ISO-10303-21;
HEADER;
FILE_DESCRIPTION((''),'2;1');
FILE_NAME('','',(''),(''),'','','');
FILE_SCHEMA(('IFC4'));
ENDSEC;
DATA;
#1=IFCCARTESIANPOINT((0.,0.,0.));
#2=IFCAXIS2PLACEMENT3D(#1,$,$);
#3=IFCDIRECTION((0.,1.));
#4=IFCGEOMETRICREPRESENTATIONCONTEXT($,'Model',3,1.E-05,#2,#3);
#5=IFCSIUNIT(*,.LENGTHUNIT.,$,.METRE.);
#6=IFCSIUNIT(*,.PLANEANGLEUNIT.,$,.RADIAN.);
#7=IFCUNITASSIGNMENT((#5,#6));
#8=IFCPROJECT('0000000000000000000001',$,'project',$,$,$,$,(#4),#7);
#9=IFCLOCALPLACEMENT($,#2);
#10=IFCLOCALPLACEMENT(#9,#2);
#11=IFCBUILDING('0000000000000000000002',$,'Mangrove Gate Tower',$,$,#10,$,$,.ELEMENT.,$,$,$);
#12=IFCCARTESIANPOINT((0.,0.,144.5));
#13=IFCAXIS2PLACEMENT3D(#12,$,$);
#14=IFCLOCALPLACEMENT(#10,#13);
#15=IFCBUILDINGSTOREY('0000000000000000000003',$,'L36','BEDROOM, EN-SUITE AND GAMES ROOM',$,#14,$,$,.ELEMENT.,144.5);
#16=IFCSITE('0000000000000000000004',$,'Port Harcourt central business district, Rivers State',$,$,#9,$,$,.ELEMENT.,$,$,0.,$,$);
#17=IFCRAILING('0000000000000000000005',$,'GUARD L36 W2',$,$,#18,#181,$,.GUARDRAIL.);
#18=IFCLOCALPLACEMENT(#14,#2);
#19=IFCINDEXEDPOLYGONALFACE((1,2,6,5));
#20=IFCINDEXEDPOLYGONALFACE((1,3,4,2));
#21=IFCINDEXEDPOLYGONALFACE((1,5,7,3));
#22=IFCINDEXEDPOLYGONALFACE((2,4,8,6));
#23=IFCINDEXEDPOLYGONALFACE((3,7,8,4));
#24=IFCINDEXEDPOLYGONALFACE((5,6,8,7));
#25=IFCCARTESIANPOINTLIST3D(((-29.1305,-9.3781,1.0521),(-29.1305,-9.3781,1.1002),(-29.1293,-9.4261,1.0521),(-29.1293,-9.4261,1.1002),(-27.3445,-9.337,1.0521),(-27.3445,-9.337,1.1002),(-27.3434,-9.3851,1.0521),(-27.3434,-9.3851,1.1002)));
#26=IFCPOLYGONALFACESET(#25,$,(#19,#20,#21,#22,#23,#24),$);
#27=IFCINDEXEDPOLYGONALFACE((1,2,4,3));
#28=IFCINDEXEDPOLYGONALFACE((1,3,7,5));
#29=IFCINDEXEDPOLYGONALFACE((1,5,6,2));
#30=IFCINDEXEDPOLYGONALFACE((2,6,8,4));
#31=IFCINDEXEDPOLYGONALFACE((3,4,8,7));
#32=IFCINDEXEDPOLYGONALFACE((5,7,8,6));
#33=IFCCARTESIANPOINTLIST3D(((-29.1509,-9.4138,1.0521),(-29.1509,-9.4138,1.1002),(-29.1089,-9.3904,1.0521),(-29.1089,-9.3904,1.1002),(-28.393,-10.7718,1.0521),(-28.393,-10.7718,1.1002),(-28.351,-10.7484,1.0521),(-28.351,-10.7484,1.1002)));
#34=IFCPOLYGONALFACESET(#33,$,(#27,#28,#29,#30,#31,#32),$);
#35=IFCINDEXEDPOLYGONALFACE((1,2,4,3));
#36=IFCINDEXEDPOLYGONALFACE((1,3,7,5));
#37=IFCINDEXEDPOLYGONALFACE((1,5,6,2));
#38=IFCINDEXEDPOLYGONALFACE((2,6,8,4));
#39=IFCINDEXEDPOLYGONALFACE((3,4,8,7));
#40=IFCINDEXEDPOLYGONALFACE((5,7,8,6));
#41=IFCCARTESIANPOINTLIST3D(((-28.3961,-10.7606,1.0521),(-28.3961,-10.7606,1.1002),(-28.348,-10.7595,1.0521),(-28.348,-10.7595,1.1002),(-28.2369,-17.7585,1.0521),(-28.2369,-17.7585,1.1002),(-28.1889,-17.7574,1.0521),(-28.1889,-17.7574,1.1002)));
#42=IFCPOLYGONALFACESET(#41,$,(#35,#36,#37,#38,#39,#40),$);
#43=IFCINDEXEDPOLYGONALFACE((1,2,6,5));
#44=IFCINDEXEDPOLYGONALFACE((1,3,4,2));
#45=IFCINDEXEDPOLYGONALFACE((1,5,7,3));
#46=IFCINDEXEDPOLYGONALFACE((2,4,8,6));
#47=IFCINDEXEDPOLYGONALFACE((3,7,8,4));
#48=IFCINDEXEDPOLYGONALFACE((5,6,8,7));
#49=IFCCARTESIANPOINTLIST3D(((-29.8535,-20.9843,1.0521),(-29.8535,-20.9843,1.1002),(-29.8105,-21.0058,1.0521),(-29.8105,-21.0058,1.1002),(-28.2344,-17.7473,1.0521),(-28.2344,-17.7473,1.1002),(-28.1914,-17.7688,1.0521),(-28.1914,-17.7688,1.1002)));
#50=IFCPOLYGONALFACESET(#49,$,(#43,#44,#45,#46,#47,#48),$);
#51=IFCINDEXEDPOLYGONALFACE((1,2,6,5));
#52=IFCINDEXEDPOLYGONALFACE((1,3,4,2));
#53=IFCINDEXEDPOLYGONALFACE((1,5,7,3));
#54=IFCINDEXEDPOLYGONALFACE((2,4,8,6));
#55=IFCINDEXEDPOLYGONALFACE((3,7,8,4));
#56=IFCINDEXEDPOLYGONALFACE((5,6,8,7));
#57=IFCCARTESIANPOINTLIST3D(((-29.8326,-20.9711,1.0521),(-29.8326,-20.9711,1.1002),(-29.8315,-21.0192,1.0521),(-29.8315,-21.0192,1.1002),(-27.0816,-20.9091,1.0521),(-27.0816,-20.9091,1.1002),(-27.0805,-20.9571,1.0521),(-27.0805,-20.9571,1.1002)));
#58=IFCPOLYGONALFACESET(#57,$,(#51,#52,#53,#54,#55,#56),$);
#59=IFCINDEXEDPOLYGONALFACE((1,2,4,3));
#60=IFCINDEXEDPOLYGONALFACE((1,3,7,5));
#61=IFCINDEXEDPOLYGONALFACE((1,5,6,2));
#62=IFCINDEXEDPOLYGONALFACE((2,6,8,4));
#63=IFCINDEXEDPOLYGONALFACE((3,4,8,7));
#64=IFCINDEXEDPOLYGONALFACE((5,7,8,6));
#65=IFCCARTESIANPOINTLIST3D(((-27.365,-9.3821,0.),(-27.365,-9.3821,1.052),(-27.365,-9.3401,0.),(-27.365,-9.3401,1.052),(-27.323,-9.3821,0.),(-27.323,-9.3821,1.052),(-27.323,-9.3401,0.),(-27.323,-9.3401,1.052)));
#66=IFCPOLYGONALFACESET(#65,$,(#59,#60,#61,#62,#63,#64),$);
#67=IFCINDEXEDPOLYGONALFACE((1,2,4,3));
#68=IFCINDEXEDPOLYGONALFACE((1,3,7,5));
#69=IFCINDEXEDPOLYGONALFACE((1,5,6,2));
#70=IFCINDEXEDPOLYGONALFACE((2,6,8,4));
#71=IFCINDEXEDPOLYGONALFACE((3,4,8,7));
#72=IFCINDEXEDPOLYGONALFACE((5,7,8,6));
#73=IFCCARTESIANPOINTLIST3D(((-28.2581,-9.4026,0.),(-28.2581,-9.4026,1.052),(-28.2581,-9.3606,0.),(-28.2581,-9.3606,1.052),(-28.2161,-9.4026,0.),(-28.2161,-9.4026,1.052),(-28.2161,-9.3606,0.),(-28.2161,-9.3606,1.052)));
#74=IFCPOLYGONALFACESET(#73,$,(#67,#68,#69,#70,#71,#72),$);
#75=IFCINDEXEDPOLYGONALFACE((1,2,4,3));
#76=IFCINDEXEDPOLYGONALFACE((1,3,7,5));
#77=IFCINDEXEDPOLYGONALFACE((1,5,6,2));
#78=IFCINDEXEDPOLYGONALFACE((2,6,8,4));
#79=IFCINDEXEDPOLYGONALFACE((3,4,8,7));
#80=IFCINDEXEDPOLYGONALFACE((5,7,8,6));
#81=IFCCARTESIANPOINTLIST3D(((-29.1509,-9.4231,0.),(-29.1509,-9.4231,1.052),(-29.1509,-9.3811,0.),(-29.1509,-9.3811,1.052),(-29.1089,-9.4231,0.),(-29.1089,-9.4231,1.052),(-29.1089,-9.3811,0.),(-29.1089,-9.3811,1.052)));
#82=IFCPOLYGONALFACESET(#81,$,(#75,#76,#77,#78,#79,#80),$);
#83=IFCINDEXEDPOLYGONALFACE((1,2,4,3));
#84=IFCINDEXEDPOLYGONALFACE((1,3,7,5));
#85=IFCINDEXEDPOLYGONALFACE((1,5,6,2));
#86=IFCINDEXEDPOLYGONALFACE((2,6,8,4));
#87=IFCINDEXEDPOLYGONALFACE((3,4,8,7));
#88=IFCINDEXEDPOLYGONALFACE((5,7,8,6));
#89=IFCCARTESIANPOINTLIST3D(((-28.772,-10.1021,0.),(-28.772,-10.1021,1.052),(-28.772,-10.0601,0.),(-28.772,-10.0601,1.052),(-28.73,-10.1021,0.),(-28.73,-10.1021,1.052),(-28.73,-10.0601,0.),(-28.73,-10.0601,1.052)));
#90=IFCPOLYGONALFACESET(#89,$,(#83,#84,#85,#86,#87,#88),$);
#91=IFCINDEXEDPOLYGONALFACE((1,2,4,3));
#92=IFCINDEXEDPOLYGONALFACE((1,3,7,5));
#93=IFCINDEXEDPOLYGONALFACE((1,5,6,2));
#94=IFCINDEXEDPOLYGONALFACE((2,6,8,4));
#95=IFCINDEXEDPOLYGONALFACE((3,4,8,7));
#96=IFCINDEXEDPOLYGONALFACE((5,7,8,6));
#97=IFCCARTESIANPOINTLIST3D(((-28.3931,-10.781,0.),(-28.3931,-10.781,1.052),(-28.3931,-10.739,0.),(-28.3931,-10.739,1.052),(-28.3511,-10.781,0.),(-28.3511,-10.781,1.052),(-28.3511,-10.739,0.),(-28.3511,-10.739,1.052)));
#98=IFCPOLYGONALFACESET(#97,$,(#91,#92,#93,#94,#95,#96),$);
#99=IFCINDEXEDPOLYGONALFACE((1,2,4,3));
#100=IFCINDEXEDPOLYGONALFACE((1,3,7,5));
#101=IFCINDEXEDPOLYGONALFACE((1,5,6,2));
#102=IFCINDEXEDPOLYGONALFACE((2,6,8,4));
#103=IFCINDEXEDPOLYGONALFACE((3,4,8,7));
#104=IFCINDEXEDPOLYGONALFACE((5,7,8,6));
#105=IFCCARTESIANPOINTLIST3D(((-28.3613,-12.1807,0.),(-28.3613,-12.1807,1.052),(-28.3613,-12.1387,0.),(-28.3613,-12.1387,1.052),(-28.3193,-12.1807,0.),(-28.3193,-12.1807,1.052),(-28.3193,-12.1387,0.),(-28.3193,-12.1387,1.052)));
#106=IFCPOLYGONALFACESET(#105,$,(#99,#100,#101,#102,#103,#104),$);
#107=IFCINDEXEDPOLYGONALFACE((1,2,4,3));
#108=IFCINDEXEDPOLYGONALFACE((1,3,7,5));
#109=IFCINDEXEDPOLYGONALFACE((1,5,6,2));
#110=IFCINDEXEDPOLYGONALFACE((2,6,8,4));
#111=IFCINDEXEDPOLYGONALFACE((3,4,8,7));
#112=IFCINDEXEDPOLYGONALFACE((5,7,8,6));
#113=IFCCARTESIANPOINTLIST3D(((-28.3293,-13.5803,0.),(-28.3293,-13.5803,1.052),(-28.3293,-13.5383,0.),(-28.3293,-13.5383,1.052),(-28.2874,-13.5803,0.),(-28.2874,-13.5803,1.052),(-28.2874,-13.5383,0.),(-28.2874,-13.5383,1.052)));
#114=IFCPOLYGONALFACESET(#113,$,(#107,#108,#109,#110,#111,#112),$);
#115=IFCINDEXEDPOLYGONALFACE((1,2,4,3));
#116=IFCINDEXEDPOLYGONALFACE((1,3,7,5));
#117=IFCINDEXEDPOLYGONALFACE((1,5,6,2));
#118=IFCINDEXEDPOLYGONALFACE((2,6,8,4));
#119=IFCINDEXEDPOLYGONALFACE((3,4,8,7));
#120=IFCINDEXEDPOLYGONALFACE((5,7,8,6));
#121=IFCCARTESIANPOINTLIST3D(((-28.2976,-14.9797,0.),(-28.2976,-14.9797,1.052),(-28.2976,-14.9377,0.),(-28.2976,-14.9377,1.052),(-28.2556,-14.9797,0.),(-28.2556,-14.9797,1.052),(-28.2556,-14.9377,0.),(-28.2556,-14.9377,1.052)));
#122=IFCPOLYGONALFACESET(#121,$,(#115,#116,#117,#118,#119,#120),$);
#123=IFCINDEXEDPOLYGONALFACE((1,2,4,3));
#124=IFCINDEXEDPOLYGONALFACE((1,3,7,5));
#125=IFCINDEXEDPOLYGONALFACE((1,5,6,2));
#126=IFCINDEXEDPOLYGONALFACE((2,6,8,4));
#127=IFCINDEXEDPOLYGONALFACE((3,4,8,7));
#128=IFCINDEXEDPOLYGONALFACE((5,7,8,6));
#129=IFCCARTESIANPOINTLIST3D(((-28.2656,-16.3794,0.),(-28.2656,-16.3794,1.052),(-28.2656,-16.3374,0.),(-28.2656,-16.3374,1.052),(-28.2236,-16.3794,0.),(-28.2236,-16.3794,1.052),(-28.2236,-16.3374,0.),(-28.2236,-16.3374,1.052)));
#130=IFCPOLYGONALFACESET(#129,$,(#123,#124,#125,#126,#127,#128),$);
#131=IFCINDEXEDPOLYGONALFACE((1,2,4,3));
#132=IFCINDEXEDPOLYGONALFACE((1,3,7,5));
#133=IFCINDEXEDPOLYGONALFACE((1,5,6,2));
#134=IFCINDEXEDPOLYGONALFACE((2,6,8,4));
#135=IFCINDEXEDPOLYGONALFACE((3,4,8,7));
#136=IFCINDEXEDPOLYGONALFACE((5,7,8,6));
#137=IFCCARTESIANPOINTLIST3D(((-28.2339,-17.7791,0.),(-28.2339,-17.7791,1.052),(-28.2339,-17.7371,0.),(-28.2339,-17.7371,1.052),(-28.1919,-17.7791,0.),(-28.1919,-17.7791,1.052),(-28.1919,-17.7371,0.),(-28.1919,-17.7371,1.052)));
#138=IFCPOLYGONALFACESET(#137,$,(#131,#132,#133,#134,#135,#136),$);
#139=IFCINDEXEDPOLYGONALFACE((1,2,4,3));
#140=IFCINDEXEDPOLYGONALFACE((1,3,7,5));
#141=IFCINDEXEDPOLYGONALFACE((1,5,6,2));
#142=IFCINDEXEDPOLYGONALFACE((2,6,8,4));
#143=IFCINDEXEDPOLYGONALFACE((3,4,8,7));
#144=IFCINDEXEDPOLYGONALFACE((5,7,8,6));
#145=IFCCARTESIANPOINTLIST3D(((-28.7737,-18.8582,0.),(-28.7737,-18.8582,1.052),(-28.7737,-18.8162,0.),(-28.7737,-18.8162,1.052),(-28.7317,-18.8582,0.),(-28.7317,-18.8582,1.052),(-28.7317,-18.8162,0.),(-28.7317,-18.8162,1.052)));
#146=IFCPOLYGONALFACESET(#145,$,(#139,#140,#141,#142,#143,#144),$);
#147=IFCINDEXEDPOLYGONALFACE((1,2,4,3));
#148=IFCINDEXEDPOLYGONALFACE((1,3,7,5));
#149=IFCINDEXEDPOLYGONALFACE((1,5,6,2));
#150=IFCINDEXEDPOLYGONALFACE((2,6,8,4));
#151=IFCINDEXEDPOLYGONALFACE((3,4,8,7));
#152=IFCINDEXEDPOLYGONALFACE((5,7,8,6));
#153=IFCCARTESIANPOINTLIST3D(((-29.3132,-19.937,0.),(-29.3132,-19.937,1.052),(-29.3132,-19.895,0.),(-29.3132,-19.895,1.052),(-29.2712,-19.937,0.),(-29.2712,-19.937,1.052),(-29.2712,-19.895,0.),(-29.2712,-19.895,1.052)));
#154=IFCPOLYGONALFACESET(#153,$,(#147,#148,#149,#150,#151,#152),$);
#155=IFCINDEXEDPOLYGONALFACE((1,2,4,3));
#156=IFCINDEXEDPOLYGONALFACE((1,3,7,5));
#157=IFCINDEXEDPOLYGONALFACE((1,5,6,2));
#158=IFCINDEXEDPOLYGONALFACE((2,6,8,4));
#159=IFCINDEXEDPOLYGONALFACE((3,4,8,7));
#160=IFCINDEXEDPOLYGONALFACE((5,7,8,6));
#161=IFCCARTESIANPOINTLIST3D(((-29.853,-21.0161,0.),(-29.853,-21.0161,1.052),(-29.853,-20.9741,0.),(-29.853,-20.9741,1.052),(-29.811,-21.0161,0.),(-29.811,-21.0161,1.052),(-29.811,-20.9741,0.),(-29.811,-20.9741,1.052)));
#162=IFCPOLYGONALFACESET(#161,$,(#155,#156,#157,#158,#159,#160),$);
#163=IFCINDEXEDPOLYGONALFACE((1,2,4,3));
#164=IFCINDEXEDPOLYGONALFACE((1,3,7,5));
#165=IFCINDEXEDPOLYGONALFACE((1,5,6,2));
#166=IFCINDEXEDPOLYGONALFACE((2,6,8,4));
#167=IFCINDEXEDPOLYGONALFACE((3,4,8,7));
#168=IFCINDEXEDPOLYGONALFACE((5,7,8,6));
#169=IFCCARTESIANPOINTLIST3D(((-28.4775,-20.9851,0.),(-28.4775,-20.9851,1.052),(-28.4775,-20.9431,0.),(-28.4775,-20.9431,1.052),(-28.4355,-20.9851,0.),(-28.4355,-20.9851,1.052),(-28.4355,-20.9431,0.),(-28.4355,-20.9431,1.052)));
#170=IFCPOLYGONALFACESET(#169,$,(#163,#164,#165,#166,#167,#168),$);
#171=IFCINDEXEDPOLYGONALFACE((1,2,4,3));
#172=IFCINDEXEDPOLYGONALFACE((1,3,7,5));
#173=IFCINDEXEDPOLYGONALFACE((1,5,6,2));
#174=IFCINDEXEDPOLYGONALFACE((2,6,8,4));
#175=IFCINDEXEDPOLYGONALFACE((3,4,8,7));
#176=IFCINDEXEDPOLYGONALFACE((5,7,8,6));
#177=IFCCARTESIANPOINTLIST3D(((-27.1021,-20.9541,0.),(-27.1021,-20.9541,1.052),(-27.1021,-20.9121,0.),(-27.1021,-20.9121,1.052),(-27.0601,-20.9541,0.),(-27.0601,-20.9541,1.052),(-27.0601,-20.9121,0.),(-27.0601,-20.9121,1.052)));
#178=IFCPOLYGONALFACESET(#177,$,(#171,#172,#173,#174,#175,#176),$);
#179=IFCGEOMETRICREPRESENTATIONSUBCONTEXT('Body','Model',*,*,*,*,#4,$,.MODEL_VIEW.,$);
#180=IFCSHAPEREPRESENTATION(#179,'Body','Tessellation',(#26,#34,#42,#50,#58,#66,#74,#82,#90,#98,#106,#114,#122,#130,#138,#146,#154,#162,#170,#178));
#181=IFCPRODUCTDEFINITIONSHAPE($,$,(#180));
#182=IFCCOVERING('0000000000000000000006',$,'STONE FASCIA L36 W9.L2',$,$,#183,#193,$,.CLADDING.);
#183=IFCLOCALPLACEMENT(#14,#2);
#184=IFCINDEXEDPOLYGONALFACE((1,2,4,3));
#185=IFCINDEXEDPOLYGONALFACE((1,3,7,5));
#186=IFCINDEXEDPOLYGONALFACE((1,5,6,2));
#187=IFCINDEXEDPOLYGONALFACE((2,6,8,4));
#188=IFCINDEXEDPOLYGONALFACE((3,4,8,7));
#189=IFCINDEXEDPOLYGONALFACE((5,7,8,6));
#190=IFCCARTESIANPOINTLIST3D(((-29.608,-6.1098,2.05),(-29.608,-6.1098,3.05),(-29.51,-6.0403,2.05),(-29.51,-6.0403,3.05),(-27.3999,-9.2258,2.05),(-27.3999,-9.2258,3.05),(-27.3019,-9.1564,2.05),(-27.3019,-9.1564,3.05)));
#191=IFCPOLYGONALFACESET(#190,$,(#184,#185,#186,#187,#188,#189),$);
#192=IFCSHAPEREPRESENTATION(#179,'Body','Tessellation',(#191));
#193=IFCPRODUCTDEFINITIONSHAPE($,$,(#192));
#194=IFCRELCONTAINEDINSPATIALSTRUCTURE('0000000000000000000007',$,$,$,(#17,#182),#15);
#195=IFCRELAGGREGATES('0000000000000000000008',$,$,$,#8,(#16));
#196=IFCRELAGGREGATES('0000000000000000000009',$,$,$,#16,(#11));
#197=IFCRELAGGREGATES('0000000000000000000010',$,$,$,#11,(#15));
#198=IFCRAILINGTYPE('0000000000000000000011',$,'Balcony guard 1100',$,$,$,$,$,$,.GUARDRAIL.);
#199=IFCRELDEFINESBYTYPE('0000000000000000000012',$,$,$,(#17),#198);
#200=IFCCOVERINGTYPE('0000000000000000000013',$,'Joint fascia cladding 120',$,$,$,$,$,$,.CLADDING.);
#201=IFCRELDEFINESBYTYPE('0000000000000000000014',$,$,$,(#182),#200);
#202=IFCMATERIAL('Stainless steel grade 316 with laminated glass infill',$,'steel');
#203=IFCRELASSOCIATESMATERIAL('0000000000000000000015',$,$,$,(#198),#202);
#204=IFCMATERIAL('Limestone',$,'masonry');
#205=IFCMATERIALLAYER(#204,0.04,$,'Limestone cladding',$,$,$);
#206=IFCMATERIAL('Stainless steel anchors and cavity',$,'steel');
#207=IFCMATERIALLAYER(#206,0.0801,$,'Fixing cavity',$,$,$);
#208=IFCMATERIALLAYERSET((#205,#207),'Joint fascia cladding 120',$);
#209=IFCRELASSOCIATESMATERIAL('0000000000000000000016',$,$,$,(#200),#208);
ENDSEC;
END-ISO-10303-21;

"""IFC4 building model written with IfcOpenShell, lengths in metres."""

from ifc_helpers import new_model, si_unit, direction, frame, frame_2d, origin, origin_2d, place, context, subcontext, project, spatial, rectangle, extrude, material, layer, layer_set, type_object, element, save


model = new_model("IFC4")

# Units and contexts
model_context = context("Model", 3, precision=1e-05, world=origin(), true_north=direction((0.0, 1.0)))
body_context = subcontext(model_context, "Body", "Model", "MODEL_VIEW")
ifc_project = project(units=[si_unit("LENGTHUNIT", "METRE"), si_unit("PLANEANGLEUNIT", "RADIAN")], contexts=[model_context])

# Site, building, storey
site_placement = place(None, origin())
site = spatial("IfcSite", under=ifc_project, at=site_placement, Name="Port Harcourt central business district, Rivers State", CompositionType="ELEMENT", RefElevation=0.0)
building_placement = place(site_placement, origin())
building = spatial("IfcBuilding", under=site, at=building_placement, Name="Mangrove Gate Tower", CompositionType="ELEMENT")
storey_placement = place(building_placement, frame((0.0, 0.0, 144.5)))
storey = spatial("IfcBuildingStorey", under=building, at=storey_placement, Name="L36", Description="BEDROOM, EN-SUITE AND GAMES ROOM", CompositionType="ELEMENT", Elevation=144.5)

# Shared definitions
ifc_material_1 = material(Name="Limestone", Category="masonry")

# Railing
ifc_material_2 = material(Name="Stainless steel grade 316 with laminated glass infill", Category="steel")
railing_type = type_object("IfcRailingType", Name="Balcony guard 1100", PredefinedType="GUARDRAIL", material=ifc_material_2)
railing_placement = place(storey_placement, frame((-27.344, -9.3611, 0.0)))
element("IfcRailing", 1, at=railing_placement, inside=storey, type_object=railing_type, Name="GUARD L36 W2", PredefinedType="GUARDRAIL", context=body_context, shape_type="SweptSolid", body=[
    extrude(rectangle(XDim=0.0481, YDim=0.0481, at=origin_2d()), frame((0.0, 0.0, 1.0762), z_axis=(-0.999736, -0.02296, 0.0), x_axis=(0.02296, -0.999736, 0.0)), (0.0, 0.0, 1.0), 1.7864),
    extrude(rectangle(XDim=0.0481, YDim=0.0481, at=origin_2d()), frame((-1.7859, -0.041, 1.0762), z_axis=(0.487322, -0.873223, 0.0), x_axis=(0.873223, 0.487322, 0.0)), (0.0, 0.0, 1.0), 1.5552),
    extrude(rectangle(XDim=0.0481, YDim=0.0481, at=origin_2d()), frame((-1.0281, -1.3989, 1.0762), z_axis=(0.02274, -0.999741, 0.0), x_axis=(0.999741, 0.02274, 0.0)), (0.0, 0.0, 1.0), 6.9998),
    extrude(rectangle(XDim=0.0481, YDim=0.0481, at=origin_2d()), frame((-0.8689, -8.397, 1.0762), z_axis=(-0.447348, -0.89436, 0.0), x_axis=(0.89436, -0.447348, 0.0)), (0.0, 0.0, 1.0), 3.6194),
    extrude(rectangle(XDim=0.0481, YDim=0.0481, at=origin_2d()), frame((-2.488, -11.634, 1.0762), z_axis=(0.999746, 0.022536, 0.0), x_axis=(-0.022536, 0.999746, 0.0)), (0.0, 0.0, 1.0), 2.7517),
    extrude(rectangle(XDim=0.042, YDim=0.042, at=origin_2d()), origin(), (0.0, 0.0, 1.0), 1.052),
    extrude(rectangle(XDim=0.042, YDim=0.042, at=origin_2d()), frame((-0.8931, -0.0205, 0.0)), (0.0, 0.0, 1.0), 1.052),
    extrude(rectangle(XDim=0.042, YDim=0.042, at=origin_2d()), frame((-1.7859, -0.041, 0.0)), (0.0, 0.0, 1.0), 1.052),
    extrude(rectangle(XDim=0.042, YDim=0.042, at=origin_2d()), frame((-1.407, -0.72, 0.0)), (0.0, 0.0, 1.0), 1.052),
    extrude(rectangle(XDim=0.042, YDim=0.042, at=origin_2d()), frame((-1.0281, -1.3989, 0.0)), (0.0, 0.0, 1.0), 1.052),
    extrude(rectangle(XDim=0.042, YDim=0.042, at=origin_2d()), frame((-0.9963, -2.7986, 0.0)), (0.0, 0.0, 1.0), 1.052),
    extrude(rectangle(XDim=0.042, YDim=0.042, at=origin_2d()), frame((-0.9644, -4.1982, 0.0)), (0.0, 0.0, 1.0), 1.052),
    extrude(rectangle(XDim=0.042, YDim=0.042, at=origin_2d()), frame((-0.9326, -5.5977, 0.0)), (0.0, 0.0, 1.0), 1.052),
    extrude(rectangle(XDim=0.042, YDim=0.042, at=origin_2d()), frame((-0.9006, -6.9973, 0.0)), (0.0, 0.0, 1.0), 1.052),
    extrude(rectangle(XDim=0.042, YDim=0.042, at=origin_2d()), frame((-0.8689, -8.397, 0.0)), (0.0, 0.0, 1.0), 1.052),
    extrude(rectangle(XDim=0.042, YDim=0.042, at=origin_2d()), frame((-1.4087, -9.4761, 0.0)), (0.0, 0.0, 1.0), 1.052),
    extrude(rectangle(XDim=0.042, YDim=0.042, at=origin_2d()), frame((-1.9482, -10.5549, 0.0)), (0.0, 0.0, 1.0), 1.052),
    extrude(rectangle(XDim=0.042, YDim=0.042, at=origin_2d()), frame((-2.488, -11.634, 0.0)), (0.0, 0.0, 1.0), 1.052),
    extrude(rectangle(XDim=0.042, YDim=0.042, at=origin_2d()), frame((-1.1125, -11.603, 0.0)), (0.0, 0.0, 1.0), 1.052),
    extrude(rectangle(XDim=0.042, YDim=0.042, at=origin_2d()), frame((0.2629, -11.572, 0.0)), (0.0, 0.0, 1.0), 1.052),
])

# Covering
ifc_layer_1 = layer(ifc_material_1, 0.04, Name="Limestone cladding")
ifc_material_3 = material(Name="Stainless steel anchors and cavity", Category="steel")
ifc_layer_2 = layer(ifc_material_3, 0.0801, Name="Fixing cavity")
ifc_layer_set_1 = layer_set([ifc_layer_1, ifc_layer_2], Name="Joint fascia cladding 120")
covering_type = type_object("IfcCoveringType", Name="Joint fascia cladding 120", PredefinedType="CLADDING", material=ifc_layer_set_1)
covering_placement = place(storey_placement, frame((-29.5591, -6.075, 2.05), z_axis=(0.0, 0.0, 1.0), x_axis=(0.578168, -0.815918, 0.0)))
element("IfcCovering", 2, at=covering_placement, inside=storey, type_object=covering_type, Name="STONE FASCIA L36 W9.L2", PredefinedType="CLADDING", context=body_context, shape_type="SweptSolid", body=[
    extrude(rectangle(XDim=3.8191, YDim=0.1201, at=frame_2d((1.9097, 0.0))), origin(), (0.0, 0.0, 1.0), 1.0),
])

save(model, "model.ifc")
